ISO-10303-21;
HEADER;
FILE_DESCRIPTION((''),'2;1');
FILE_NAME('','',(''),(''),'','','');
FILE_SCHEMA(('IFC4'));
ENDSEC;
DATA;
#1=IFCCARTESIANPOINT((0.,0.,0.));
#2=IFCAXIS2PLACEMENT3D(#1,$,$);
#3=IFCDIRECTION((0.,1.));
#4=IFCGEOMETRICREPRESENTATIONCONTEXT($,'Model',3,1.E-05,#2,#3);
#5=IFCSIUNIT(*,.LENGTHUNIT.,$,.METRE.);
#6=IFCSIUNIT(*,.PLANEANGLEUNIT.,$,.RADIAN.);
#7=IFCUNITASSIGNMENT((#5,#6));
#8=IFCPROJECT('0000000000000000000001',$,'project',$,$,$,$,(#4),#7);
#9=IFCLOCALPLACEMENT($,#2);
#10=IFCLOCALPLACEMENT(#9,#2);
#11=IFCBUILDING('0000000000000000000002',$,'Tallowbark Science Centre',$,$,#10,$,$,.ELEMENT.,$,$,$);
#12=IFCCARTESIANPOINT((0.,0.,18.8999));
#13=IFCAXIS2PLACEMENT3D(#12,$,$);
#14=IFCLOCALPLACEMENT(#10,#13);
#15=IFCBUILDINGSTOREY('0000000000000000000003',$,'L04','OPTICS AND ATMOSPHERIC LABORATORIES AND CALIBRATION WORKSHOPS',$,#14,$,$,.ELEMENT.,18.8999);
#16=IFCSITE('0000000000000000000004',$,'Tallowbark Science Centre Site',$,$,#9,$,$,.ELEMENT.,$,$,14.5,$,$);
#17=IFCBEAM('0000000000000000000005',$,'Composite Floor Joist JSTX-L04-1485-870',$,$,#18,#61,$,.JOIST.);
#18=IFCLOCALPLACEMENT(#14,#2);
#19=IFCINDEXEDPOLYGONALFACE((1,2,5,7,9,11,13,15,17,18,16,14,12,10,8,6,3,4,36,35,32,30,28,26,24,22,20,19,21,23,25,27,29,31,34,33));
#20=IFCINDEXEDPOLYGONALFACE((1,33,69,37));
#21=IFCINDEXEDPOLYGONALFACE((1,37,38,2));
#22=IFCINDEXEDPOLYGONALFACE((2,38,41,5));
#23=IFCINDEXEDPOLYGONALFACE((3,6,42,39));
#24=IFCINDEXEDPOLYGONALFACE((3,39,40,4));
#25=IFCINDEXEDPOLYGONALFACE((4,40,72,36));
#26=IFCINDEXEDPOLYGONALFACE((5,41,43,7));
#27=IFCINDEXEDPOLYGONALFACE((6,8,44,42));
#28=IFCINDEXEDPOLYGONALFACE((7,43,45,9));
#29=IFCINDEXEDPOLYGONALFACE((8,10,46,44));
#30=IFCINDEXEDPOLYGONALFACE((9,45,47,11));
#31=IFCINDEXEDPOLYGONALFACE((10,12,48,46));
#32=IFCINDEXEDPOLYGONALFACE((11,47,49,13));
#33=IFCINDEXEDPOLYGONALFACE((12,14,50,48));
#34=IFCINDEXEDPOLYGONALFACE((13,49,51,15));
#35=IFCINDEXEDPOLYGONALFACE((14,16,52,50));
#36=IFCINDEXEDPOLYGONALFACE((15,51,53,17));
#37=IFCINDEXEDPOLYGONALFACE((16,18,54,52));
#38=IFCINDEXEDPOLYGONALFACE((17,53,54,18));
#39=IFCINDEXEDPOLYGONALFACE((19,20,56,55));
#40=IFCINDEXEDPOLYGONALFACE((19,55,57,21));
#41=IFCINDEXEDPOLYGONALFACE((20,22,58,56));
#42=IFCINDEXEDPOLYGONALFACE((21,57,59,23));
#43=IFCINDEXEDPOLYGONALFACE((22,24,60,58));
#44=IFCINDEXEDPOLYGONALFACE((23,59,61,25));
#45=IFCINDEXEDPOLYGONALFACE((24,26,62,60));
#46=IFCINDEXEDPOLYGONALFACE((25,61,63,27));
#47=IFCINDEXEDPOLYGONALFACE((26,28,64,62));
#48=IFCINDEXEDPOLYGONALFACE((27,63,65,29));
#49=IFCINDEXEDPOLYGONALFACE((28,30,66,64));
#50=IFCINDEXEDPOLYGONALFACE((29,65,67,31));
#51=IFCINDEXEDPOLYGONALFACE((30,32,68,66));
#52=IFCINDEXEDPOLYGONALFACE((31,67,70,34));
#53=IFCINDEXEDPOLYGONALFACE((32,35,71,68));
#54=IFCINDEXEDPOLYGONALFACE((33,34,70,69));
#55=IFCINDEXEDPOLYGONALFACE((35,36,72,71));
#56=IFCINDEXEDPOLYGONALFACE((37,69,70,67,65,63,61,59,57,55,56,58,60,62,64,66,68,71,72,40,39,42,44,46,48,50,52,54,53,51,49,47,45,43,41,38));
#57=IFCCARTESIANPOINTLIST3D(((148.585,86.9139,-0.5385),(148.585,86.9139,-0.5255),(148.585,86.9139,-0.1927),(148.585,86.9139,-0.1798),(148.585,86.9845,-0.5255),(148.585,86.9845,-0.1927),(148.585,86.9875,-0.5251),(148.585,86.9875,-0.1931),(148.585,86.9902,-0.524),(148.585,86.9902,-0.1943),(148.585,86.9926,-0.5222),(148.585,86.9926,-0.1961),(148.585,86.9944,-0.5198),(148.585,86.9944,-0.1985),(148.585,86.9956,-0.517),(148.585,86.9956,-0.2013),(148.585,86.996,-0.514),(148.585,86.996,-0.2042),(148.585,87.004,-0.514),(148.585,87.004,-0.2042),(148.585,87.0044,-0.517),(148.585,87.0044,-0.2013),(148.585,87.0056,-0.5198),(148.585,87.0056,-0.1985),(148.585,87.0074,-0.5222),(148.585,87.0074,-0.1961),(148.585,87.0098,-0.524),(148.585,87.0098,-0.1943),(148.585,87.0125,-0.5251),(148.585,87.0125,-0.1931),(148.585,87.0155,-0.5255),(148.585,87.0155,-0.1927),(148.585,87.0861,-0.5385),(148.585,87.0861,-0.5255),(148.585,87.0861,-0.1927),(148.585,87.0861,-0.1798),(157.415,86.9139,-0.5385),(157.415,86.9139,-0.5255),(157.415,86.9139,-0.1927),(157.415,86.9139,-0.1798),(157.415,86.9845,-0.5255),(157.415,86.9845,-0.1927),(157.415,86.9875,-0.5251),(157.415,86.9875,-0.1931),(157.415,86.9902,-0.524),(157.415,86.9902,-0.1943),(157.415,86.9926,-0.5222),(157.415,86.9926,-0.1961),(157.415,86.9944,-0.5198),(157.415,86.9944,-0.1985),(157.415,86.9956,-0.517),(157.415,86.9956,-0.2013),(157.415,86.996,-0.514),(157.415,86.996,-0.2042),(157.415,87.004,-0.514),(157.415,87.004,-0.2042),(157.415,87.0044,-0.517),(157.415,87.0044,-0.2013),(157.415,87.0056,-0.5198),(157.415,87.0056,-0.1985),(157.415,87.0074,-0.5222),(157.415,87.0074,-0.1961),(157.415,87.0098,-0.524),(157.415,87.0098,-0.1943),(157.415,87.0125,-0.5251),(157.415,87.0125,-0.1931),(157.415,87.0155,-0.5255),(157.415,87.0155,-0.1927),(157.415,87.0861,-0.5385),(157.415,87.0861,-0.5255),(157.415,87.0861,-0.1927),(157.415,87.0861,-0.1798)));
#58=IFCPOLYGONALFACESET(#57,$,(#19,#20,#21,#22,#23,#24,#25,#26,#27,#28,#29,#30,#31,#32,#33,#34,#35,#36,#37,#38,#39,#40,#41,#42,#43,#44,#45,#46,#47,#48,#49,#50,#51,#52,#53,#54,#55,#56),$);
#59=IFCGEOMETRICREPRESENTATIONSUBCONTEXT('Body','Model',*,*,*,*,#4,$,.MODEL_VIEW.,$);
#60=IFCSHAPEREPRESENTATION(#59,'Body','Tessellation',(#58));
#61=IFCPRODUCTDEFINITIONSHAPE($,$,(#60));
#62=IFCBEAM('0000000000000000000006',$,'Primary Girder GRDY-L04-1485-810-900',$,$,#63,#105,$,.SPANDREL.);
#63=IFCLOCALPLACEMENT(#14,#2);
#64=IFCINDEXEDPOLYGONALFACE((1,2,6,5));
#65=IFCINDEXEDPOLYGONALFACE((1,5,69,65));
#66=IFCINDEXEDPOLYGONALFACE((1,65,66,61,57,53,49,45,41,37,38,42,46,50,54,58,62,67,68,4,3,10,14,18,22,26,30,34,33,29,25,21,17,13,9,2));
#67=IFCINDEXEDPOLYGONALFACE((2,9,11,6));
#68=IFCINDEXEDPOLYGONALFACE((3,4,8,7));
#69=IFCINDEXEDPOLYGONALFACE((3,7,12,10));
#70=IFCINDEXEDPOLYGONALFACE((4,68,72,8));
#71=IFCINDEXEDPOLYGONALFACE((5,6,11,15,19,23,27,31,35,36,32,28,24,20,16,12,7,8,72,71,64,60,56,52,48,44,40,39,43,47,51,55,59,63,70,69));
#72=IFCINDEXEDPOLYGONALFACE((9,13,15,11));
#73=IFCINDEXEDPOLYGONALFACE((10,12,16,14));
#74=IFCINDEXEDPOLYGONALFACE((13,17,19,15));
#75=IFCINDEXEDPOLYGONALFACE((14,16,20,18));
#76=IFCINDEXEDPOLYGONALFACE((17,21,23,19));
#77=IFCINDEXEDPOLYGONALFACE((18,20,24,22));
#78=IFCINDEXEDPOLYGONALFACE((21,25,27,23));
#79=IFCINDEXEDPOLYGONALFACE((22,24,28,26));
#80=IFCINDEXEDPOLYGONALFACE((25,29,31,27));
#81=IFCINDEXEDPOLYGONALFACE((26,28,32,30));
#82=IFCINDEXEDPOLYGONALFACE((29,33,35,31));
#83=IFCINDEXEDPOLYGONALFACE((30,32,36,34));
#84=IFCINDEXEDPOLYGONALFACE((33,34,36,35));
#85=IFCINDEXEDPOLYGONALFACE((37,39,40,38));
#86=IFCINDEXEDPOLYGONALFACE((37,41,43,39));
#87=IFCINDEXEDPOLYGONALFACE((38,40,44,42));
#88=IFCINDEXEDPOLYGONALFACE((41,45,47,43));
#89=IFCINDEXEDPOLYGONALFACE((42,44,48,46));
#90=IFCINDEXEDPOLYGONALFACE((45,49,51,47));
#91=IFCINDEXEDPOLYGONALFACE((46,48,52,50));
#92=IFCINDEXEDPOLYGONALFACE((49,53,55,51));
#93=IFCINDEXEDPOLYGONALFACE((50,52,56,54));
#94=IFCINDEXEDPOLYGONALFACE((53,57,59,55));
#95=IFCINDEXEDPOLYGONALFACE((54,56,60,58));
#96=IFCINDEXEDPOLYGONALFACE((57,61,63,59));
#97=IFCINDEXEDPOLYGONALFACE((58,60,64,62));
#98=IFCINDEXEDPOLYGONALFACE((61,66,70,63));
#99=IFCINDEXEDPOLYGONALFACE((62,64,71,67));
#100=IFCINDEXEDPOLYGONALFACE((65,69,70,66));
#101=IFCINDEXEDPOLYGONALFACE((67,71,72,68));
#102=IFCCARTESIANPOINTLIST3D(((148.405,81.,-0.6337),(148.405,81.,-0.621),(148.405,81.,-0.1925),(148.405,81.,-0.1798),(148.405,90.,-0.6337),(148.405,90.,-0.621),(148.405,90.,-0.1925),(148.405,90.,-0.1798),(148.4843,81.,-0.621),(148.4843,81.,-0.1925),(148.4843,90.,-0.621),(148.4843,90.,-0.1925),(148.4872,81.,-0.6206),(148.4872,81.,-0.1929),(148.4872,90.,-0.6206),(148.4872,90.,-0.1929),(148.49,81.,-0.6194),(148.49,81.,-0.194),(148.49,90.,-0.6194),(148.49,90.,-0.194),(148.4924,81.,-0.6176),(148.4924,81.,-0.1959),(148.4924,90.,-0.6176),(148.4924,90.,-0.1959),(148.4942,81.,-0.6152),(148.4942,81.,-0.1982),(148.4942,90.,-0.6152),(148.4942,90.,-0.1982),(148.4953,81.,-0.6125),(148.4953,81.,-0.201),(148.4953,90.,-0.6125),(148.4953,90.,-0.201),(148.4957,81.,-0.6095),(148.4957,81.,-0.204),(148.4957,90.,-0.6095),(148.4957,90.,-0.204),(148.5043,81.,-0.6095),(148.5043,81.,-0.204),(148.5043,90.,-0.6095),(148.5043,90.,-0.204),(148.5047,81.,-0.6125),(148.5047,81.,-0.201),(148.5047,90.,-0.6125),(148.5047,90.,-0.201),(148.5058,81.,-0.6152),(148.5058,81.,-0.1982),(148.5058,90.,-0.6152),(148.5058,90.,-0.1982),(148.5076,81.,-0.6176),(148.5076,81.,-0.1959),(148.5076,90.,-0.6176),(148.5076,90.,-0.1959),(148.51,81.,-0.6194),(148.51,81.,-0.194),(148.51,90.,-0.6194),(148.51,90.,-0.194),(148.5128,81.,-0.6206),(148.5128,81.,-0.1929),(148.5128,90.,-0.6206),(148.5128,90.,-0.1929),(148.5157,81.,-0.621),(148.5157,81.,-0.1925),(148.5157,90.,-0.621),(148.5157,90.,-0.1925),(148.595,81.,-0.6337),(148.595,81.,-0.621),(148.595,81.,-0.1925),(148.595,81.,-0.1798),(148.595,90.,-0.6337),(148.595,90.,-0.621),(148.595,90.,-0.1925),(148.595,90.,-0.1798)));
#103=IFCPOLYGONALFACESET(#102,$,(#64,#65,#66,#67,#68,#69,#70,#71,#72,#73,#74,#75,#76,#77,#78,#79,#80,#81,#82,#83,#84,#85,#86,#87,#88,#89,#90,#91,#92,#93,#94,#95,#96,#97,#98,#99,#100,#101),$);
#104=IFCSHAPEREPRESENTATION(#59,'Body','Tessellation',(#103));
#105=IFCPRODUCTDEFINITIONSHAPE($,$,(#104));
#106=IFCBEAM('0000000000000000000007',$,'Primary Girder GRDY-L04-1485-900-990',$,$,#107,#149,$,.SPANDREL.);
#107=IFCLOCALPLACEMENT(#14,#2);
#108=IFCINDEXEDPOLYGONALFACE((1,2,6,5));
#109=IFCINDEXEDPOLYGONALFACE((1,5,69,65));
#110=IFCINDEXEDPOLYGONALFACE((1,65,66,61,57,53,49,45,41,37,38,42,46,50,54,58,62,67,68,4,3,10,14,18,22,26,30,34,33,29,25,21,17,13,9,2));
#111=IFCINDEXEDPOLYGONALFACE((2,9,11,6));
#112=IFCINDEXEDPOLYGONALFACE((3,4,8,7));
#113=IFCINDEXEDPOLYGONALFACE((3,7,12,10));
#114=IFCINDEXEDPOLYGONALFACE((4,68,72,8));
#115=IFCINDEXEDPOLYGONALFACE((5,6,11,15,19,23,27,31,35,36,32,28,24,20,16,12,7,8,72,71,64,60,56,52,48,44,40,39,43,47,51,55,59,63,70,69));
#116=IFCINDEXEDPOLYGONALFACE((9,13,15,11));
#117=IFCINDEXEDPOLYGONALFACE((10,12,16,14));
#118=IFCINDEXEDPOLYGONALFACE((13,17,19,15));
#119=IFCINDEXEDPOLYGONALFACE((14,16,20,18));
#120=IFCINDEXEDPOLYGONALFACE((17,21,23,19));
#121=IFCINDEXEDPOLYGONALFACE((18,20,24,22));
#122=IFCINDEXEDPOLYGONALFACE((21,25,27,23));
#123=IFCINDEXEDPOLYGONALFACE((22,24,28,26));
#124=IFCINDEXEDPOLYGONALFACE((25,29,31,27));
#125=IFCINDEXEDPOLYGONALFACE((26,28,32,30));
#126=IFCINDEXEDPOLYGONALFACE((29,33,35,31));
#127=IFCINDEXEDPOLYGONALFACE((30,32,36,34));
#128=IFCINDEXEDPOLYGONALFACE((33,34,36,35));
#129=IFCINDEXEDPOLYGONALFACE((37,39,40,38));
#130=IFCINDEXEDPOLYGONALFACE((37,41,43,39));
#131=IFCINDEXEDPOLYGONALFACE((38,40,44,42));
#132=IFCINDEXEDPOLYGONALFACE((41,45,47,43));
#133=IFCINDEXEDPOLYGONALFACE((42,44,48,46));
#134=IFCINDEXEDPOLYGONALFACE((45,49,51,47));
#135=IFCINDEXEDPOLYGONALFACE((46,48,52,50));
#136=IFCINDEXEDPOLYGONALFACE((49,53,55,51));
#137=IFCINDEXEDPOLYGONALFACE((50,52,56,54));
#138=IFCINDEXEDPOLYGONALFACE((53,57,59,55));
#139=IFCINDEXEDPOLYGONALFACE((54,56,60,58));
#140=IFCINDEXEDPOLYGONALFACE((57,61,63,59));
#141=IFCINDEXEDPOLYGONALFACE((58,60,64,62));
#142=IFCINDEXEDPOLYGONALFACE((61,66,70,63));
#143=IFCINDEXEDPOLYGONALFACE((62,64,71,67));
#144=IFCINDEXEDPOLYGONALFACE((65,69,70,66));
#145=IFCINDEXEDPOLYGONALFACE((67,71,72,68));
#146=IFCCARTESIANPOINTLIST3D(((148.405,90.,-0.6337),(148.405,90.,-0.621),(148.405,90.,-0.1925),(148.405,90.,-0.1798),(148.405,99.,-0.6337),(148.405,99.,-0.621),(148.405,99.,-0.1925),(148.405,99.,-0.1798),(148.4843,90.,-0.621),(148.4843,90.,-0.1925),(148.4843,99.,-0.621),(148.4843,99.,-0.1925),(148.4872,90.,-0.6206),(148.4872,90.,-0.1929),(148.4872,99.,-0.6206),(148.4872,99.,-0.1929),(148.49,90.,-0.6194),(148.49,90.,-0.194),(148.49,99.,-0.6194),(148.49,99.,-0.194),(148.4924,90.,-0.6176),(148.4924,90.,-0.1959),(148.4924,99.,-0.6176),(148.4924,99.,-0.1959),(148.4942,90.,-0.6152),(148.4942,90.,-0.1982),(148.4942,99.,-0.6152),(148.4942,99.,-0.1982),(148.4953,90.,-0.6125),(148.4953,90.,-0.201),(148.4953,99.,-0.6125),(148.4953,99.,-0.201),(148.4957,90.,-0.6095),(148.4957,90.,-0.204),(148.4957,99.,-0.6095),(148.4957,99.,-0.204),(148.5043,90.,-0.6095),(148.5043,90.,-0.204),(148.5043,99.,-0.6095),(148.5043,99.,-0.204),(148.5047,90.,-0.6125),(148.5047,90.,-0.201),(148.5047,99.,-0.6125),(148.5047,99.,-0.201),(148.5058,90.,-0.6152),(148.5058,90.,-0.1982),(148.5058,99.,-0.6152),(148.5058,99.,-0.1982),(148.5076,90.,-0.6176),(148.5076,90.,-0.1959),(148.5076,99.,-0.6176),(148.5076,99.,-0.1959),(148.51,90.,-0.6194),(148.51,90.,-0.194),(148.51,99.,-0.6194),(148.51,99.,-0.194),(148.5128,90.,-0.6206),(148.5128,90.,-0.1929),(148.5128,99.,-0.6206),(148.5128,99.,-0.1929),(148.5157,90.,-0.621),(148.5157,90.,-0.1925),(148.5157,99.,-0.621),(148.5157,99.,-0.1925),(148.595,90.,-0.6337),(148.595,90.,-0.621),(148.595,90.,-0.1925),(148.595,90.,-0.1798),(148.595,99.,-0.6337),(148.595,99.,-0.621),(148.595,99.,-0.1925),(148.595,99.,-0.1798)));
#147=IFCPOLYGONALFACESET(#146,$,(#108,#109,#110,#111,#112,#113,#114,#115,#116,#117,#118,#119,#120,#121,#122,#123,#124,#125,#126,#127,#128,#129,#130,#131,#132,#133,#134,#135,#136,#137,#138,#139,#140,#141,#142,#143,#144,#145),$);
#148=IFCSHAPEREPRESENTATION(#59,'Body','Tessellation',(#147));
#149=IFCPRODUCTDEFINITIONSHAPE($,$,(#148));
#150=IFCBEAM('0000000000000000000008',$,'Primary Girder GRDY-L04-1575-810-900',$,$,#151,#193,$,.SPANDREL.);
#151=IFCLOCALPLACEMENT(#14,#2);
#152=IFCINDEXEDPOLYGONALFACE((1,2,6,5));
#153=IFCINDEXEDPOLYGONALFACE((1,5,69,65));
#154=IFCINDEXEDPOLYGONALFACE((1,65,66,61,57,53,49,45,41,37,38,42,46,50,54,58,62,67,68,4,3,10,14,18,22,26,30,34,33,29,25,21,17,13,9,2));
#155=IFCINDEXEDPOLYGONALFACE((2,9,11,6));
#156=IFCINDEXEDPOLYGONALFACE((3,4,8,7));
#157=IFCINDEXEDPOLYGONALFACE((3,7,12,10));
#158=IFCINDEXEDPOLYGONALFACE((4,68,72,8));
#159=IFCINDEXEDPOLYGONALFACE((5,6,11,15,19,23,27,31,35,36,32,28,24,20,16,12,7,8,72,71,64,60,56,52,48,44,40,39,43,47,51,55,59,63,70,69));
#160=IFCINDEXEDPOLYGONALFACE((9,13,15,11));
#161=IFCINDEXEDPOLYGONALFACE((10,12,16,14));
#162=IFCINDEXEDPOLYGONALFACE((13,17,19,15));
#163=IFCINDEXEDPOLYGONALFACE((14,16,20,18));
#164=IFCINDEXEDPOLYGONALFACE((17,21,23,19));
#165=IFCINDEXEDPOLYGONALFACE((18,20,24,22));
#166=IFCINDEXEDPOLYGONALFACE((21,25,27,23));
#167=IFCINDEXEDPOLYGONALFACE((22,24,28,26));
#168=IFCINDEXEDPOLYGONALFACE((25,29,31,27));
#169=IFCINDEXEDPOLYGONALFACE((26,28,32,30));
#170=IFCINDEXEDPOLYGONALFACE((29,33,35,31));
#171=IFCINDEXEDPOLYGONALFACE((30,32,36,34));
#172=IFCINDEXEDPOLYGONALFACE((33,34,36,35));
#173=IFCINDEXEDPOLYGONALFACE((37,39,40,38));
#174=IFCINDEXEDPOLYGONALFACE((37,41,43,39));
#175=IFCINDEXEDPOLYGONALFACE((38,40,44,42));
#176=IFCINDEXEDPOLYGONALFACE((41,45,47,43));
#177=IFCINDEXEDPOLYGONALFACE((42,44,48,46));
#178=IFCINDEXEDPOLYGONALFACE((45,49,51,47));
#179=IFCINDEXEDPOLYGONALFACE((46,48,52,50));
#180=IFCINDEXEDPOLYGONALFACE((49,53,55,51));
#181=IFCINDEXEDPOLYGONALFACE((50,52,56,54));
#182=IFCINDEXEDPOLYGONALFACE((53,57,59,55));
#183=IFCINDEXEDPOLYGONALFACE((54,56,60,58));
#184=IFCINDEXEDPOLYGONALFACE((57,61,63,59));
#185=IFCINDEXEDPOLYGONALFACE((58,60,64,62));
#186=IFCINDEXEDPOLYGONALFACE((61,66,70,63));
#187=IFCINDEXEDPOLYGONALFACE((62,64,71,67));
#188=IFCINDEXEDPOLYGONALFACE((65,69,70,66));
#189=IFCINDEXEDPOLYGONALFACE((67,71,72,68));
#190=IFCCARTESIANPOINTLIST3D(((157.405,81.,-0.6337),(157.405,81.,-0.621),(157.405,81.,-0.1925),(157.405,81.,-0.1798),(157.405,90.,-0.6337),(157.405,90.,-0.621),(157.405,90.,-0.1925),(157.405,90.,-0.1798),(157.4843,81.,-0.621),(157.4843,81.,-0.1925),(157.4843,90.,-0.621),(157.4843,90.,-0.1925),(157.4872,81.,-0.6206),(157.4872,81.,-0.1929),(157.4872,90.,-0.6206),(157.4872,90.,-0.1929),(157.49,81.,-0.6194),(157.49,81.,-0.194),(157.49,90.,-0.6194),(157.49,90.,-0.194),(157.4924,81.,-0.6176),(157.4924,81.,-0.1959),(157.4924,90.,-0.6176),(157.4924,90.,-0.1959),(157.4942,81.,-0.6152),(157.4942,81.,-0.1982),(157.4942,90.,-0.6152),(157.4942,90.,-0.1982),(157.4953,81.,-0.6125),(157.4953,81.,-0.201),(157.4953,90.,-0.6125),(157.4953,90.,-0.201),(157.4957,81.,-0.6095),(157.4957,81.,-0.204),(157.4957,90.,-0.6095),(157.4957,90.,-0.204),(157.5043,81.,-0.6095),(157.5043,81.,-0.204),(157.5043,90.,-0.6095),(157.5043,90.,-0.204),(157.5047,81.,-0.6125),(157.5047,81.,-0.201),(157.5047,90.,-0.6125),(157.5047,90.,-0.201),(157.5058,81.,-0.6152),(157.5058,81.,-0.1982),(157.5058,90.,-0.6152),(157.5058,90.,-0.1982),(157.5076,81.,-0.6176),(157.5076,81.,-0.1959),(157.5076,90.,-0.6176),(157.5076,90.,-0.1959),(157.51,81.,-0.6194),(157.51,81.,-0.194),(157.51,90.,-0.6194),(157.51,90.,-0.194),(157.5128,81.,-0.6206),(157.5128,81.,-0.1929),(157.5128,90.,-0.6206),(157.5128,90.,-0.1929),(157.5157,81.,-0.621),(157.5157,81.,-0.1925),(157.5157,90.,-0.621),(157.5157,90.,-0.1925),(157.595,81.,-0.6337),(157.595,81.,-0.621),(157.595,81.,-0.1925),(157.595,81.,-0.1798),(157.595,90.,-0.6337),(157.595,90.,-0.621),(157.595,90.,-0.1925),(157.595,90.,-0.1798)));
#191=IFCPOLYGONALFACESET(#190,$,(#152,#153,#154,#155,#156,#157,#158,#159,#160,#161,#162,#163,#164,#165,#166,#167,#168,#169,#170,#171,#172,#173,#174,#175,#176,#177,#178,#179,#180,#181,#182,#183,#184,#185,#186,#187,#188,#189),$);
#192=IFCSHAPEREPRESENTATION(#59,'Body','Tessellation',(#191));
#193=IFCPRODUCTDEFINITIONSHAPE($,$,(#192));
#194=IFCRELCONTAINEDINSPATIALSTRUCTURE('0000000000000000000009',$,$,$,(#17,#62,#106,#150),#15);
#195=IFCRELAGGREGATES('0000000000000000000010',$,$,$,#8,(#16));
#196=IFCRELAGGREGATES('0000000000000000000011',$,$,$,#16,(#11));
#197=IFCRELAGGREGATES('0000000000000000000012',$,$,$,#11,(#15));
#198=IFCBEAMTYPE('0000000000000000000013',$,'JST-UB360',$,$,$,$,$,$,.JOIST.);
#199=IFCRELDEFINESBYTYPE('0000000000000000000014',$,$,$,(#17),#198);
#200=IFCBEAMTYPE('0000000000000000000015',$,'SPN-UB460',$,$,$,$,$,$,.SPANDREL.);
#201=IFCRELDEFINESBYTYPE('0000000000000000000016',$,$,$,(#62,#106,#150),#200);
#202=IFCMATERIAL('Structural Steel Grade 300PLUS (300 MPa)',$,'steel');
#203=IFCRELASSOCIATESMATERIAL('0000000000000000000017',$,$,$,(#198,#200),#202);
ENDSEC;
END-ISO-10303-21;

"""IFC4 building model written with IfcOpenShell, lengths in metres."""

from ifc_helpers import new_model, si_unit, direction, frame, origin, origin_2d, place, context, subcontext, project, spatial, i_section, extrude, material, material_profile, profile_set, type_object, element, save


model = new_model("IFC4")

# Units and contexts
model_context = context("Model", 3, precision=1e-05, world=origin(), true_north=direction((0.0, 1.0)))
body_context = subcontext(model_context, "Body", "Model", "MODEL_VIEW")
ifc_project = project(units=[si_unit("LENGTHUNIT", "METRE"), si_unit("PLANEANGLEUNIT", "RADIAN")], contexts=[model_context])

# Site, building, storey
site_placement = place(None, origin())
site = spatial("IfcSite", under=ifc_project, at=site_placement, Name="Tallowbark Science Centre Site", CompositionType="ELEMENT", RefElevation=14.5)
building_placement = place(site_placement, origin())
building = spatial("IfcBuilding", under=site, at=building_placement, Name="Tallowbark Science Centre", CompositionType="ELEMENT")
storey_placement = place(building_placement, frame((0.0, 0.0, 18.8999)))
storey = spatial("IfcBuildingStorey", under=building, at=storey_placement, Name="L04", Description="OPTICS AND ATMOSPHERIC LABORATORIES AND CALIBRATION WORKSHOPS", CompositionType="ELEMENT", Elevation=18.8999)

# Shared definitions
ifc_material_1 = material(Name="Structural Steel Grade 300PLUS (300 MPa)", Category="steel")

# Beams
ifc_material_profile_1 = material_profile(ifc_material_1, i_section(OverallWidth=0.1721, OverallDepth=0.3586, WebThickness=0.0081, FlangeThickness=0.0129, FilletRadius=0.0115, at=origin_2d()), Name="360UB56.7")
ifc_profile_set_1 = profile_set([ifc_material_profile_1], Name="Structural Steel Grade 300PLUS (300 MPa)")
beam_type_1 = type_object("IfcBeamType", Name="JST-UB360", PredefinedType="JOIST", material=ifc_profile_set_1)
for number, where, z_axis, x_axis, name in (
    (1, (148.585, 87.0, -0.3591), (1.0, 0.0, 0.0), (0.0, 1.0, 0.0), "Composite Floor Joist JSTX-L04-1485-870"),
):
    element("IfcBeam", number, at=place(storey_placement, frame(where, z_axis=z_axis, x_axis=x_axis)), inside=storey, type_object=beam_type_1, Name=name, PredefinedType="JOIST", context=body_context, shape_type="SweptSolid", body=[
        extrude(i_section(OverallWidth=0.1721, OverallDepth=0.3586, WebThickness=0.0081, FlangeThickness=0.0129, FilletRadius=0.0115, at=origin_2d()), origin(), (0.0, 0.0, 1.0), 8.8301),
    ])
ifc_material_profile_2 = material_profile(ifc_material_1, i_section(OverallWidth=0.1899, OverallDepth=0.4539, WebThickness=0.0085, FlangeThickness=0.0127, FilletRadius=0.0115, at=origin_2d()), Name="460UB67.1")
ifc_profile_set_2 = profile_set([ifc_material_profile_2], Name="Structural Steel Grade 300PLUS (300 MPa)")
beam_type_2 = type_object("IfcBeamType", Name="SPN-UB460", PredefinedType="SPANDREL", material=ifc_profile_set_2)
for number, where, z_axis, x_axis, name in (
    (2, (148.5, 81.0, -0.4067), (0.0, 1.0, 0.0), (-1.0, 0.0, 0.0), "Primary Girder GRDY-L04-1485-810-900"),
    (3, (148.5, 90.0, -0.4067), (0.0, 1.0, 0.0), (-1.0, 0.0, 0.0), "Primary Girder GRDY-L04-1485-900-990"),
    (4, (157.5, 81.0, -0.4067), (0.0, 1.0, 0.0), (-1.0, 0.0, 0.0), "Primary Girder GRDY-L04-1575-810-900"),
):
    element("IfcBeam", number, at=place(storey_placement, frame(where, z_axis=z_axis, x_axis=x_axis)), inside=storey, type_object=beam_type_2, Name=name, PredefinedType="SPANDREL", context=body_context, shape_type="SweptSolid", body=[
        extrude(i_section(OverallWidth=0.1899, OverallDepth=0.4539, WebThickness=0.0085, FlangeThickness=0.0127, FilletRadius=0.0115, at=origin_2d()), origin(), (0.0, 0.0, 1.0), 9.0),
    ])

save(model, "model.ifc")
